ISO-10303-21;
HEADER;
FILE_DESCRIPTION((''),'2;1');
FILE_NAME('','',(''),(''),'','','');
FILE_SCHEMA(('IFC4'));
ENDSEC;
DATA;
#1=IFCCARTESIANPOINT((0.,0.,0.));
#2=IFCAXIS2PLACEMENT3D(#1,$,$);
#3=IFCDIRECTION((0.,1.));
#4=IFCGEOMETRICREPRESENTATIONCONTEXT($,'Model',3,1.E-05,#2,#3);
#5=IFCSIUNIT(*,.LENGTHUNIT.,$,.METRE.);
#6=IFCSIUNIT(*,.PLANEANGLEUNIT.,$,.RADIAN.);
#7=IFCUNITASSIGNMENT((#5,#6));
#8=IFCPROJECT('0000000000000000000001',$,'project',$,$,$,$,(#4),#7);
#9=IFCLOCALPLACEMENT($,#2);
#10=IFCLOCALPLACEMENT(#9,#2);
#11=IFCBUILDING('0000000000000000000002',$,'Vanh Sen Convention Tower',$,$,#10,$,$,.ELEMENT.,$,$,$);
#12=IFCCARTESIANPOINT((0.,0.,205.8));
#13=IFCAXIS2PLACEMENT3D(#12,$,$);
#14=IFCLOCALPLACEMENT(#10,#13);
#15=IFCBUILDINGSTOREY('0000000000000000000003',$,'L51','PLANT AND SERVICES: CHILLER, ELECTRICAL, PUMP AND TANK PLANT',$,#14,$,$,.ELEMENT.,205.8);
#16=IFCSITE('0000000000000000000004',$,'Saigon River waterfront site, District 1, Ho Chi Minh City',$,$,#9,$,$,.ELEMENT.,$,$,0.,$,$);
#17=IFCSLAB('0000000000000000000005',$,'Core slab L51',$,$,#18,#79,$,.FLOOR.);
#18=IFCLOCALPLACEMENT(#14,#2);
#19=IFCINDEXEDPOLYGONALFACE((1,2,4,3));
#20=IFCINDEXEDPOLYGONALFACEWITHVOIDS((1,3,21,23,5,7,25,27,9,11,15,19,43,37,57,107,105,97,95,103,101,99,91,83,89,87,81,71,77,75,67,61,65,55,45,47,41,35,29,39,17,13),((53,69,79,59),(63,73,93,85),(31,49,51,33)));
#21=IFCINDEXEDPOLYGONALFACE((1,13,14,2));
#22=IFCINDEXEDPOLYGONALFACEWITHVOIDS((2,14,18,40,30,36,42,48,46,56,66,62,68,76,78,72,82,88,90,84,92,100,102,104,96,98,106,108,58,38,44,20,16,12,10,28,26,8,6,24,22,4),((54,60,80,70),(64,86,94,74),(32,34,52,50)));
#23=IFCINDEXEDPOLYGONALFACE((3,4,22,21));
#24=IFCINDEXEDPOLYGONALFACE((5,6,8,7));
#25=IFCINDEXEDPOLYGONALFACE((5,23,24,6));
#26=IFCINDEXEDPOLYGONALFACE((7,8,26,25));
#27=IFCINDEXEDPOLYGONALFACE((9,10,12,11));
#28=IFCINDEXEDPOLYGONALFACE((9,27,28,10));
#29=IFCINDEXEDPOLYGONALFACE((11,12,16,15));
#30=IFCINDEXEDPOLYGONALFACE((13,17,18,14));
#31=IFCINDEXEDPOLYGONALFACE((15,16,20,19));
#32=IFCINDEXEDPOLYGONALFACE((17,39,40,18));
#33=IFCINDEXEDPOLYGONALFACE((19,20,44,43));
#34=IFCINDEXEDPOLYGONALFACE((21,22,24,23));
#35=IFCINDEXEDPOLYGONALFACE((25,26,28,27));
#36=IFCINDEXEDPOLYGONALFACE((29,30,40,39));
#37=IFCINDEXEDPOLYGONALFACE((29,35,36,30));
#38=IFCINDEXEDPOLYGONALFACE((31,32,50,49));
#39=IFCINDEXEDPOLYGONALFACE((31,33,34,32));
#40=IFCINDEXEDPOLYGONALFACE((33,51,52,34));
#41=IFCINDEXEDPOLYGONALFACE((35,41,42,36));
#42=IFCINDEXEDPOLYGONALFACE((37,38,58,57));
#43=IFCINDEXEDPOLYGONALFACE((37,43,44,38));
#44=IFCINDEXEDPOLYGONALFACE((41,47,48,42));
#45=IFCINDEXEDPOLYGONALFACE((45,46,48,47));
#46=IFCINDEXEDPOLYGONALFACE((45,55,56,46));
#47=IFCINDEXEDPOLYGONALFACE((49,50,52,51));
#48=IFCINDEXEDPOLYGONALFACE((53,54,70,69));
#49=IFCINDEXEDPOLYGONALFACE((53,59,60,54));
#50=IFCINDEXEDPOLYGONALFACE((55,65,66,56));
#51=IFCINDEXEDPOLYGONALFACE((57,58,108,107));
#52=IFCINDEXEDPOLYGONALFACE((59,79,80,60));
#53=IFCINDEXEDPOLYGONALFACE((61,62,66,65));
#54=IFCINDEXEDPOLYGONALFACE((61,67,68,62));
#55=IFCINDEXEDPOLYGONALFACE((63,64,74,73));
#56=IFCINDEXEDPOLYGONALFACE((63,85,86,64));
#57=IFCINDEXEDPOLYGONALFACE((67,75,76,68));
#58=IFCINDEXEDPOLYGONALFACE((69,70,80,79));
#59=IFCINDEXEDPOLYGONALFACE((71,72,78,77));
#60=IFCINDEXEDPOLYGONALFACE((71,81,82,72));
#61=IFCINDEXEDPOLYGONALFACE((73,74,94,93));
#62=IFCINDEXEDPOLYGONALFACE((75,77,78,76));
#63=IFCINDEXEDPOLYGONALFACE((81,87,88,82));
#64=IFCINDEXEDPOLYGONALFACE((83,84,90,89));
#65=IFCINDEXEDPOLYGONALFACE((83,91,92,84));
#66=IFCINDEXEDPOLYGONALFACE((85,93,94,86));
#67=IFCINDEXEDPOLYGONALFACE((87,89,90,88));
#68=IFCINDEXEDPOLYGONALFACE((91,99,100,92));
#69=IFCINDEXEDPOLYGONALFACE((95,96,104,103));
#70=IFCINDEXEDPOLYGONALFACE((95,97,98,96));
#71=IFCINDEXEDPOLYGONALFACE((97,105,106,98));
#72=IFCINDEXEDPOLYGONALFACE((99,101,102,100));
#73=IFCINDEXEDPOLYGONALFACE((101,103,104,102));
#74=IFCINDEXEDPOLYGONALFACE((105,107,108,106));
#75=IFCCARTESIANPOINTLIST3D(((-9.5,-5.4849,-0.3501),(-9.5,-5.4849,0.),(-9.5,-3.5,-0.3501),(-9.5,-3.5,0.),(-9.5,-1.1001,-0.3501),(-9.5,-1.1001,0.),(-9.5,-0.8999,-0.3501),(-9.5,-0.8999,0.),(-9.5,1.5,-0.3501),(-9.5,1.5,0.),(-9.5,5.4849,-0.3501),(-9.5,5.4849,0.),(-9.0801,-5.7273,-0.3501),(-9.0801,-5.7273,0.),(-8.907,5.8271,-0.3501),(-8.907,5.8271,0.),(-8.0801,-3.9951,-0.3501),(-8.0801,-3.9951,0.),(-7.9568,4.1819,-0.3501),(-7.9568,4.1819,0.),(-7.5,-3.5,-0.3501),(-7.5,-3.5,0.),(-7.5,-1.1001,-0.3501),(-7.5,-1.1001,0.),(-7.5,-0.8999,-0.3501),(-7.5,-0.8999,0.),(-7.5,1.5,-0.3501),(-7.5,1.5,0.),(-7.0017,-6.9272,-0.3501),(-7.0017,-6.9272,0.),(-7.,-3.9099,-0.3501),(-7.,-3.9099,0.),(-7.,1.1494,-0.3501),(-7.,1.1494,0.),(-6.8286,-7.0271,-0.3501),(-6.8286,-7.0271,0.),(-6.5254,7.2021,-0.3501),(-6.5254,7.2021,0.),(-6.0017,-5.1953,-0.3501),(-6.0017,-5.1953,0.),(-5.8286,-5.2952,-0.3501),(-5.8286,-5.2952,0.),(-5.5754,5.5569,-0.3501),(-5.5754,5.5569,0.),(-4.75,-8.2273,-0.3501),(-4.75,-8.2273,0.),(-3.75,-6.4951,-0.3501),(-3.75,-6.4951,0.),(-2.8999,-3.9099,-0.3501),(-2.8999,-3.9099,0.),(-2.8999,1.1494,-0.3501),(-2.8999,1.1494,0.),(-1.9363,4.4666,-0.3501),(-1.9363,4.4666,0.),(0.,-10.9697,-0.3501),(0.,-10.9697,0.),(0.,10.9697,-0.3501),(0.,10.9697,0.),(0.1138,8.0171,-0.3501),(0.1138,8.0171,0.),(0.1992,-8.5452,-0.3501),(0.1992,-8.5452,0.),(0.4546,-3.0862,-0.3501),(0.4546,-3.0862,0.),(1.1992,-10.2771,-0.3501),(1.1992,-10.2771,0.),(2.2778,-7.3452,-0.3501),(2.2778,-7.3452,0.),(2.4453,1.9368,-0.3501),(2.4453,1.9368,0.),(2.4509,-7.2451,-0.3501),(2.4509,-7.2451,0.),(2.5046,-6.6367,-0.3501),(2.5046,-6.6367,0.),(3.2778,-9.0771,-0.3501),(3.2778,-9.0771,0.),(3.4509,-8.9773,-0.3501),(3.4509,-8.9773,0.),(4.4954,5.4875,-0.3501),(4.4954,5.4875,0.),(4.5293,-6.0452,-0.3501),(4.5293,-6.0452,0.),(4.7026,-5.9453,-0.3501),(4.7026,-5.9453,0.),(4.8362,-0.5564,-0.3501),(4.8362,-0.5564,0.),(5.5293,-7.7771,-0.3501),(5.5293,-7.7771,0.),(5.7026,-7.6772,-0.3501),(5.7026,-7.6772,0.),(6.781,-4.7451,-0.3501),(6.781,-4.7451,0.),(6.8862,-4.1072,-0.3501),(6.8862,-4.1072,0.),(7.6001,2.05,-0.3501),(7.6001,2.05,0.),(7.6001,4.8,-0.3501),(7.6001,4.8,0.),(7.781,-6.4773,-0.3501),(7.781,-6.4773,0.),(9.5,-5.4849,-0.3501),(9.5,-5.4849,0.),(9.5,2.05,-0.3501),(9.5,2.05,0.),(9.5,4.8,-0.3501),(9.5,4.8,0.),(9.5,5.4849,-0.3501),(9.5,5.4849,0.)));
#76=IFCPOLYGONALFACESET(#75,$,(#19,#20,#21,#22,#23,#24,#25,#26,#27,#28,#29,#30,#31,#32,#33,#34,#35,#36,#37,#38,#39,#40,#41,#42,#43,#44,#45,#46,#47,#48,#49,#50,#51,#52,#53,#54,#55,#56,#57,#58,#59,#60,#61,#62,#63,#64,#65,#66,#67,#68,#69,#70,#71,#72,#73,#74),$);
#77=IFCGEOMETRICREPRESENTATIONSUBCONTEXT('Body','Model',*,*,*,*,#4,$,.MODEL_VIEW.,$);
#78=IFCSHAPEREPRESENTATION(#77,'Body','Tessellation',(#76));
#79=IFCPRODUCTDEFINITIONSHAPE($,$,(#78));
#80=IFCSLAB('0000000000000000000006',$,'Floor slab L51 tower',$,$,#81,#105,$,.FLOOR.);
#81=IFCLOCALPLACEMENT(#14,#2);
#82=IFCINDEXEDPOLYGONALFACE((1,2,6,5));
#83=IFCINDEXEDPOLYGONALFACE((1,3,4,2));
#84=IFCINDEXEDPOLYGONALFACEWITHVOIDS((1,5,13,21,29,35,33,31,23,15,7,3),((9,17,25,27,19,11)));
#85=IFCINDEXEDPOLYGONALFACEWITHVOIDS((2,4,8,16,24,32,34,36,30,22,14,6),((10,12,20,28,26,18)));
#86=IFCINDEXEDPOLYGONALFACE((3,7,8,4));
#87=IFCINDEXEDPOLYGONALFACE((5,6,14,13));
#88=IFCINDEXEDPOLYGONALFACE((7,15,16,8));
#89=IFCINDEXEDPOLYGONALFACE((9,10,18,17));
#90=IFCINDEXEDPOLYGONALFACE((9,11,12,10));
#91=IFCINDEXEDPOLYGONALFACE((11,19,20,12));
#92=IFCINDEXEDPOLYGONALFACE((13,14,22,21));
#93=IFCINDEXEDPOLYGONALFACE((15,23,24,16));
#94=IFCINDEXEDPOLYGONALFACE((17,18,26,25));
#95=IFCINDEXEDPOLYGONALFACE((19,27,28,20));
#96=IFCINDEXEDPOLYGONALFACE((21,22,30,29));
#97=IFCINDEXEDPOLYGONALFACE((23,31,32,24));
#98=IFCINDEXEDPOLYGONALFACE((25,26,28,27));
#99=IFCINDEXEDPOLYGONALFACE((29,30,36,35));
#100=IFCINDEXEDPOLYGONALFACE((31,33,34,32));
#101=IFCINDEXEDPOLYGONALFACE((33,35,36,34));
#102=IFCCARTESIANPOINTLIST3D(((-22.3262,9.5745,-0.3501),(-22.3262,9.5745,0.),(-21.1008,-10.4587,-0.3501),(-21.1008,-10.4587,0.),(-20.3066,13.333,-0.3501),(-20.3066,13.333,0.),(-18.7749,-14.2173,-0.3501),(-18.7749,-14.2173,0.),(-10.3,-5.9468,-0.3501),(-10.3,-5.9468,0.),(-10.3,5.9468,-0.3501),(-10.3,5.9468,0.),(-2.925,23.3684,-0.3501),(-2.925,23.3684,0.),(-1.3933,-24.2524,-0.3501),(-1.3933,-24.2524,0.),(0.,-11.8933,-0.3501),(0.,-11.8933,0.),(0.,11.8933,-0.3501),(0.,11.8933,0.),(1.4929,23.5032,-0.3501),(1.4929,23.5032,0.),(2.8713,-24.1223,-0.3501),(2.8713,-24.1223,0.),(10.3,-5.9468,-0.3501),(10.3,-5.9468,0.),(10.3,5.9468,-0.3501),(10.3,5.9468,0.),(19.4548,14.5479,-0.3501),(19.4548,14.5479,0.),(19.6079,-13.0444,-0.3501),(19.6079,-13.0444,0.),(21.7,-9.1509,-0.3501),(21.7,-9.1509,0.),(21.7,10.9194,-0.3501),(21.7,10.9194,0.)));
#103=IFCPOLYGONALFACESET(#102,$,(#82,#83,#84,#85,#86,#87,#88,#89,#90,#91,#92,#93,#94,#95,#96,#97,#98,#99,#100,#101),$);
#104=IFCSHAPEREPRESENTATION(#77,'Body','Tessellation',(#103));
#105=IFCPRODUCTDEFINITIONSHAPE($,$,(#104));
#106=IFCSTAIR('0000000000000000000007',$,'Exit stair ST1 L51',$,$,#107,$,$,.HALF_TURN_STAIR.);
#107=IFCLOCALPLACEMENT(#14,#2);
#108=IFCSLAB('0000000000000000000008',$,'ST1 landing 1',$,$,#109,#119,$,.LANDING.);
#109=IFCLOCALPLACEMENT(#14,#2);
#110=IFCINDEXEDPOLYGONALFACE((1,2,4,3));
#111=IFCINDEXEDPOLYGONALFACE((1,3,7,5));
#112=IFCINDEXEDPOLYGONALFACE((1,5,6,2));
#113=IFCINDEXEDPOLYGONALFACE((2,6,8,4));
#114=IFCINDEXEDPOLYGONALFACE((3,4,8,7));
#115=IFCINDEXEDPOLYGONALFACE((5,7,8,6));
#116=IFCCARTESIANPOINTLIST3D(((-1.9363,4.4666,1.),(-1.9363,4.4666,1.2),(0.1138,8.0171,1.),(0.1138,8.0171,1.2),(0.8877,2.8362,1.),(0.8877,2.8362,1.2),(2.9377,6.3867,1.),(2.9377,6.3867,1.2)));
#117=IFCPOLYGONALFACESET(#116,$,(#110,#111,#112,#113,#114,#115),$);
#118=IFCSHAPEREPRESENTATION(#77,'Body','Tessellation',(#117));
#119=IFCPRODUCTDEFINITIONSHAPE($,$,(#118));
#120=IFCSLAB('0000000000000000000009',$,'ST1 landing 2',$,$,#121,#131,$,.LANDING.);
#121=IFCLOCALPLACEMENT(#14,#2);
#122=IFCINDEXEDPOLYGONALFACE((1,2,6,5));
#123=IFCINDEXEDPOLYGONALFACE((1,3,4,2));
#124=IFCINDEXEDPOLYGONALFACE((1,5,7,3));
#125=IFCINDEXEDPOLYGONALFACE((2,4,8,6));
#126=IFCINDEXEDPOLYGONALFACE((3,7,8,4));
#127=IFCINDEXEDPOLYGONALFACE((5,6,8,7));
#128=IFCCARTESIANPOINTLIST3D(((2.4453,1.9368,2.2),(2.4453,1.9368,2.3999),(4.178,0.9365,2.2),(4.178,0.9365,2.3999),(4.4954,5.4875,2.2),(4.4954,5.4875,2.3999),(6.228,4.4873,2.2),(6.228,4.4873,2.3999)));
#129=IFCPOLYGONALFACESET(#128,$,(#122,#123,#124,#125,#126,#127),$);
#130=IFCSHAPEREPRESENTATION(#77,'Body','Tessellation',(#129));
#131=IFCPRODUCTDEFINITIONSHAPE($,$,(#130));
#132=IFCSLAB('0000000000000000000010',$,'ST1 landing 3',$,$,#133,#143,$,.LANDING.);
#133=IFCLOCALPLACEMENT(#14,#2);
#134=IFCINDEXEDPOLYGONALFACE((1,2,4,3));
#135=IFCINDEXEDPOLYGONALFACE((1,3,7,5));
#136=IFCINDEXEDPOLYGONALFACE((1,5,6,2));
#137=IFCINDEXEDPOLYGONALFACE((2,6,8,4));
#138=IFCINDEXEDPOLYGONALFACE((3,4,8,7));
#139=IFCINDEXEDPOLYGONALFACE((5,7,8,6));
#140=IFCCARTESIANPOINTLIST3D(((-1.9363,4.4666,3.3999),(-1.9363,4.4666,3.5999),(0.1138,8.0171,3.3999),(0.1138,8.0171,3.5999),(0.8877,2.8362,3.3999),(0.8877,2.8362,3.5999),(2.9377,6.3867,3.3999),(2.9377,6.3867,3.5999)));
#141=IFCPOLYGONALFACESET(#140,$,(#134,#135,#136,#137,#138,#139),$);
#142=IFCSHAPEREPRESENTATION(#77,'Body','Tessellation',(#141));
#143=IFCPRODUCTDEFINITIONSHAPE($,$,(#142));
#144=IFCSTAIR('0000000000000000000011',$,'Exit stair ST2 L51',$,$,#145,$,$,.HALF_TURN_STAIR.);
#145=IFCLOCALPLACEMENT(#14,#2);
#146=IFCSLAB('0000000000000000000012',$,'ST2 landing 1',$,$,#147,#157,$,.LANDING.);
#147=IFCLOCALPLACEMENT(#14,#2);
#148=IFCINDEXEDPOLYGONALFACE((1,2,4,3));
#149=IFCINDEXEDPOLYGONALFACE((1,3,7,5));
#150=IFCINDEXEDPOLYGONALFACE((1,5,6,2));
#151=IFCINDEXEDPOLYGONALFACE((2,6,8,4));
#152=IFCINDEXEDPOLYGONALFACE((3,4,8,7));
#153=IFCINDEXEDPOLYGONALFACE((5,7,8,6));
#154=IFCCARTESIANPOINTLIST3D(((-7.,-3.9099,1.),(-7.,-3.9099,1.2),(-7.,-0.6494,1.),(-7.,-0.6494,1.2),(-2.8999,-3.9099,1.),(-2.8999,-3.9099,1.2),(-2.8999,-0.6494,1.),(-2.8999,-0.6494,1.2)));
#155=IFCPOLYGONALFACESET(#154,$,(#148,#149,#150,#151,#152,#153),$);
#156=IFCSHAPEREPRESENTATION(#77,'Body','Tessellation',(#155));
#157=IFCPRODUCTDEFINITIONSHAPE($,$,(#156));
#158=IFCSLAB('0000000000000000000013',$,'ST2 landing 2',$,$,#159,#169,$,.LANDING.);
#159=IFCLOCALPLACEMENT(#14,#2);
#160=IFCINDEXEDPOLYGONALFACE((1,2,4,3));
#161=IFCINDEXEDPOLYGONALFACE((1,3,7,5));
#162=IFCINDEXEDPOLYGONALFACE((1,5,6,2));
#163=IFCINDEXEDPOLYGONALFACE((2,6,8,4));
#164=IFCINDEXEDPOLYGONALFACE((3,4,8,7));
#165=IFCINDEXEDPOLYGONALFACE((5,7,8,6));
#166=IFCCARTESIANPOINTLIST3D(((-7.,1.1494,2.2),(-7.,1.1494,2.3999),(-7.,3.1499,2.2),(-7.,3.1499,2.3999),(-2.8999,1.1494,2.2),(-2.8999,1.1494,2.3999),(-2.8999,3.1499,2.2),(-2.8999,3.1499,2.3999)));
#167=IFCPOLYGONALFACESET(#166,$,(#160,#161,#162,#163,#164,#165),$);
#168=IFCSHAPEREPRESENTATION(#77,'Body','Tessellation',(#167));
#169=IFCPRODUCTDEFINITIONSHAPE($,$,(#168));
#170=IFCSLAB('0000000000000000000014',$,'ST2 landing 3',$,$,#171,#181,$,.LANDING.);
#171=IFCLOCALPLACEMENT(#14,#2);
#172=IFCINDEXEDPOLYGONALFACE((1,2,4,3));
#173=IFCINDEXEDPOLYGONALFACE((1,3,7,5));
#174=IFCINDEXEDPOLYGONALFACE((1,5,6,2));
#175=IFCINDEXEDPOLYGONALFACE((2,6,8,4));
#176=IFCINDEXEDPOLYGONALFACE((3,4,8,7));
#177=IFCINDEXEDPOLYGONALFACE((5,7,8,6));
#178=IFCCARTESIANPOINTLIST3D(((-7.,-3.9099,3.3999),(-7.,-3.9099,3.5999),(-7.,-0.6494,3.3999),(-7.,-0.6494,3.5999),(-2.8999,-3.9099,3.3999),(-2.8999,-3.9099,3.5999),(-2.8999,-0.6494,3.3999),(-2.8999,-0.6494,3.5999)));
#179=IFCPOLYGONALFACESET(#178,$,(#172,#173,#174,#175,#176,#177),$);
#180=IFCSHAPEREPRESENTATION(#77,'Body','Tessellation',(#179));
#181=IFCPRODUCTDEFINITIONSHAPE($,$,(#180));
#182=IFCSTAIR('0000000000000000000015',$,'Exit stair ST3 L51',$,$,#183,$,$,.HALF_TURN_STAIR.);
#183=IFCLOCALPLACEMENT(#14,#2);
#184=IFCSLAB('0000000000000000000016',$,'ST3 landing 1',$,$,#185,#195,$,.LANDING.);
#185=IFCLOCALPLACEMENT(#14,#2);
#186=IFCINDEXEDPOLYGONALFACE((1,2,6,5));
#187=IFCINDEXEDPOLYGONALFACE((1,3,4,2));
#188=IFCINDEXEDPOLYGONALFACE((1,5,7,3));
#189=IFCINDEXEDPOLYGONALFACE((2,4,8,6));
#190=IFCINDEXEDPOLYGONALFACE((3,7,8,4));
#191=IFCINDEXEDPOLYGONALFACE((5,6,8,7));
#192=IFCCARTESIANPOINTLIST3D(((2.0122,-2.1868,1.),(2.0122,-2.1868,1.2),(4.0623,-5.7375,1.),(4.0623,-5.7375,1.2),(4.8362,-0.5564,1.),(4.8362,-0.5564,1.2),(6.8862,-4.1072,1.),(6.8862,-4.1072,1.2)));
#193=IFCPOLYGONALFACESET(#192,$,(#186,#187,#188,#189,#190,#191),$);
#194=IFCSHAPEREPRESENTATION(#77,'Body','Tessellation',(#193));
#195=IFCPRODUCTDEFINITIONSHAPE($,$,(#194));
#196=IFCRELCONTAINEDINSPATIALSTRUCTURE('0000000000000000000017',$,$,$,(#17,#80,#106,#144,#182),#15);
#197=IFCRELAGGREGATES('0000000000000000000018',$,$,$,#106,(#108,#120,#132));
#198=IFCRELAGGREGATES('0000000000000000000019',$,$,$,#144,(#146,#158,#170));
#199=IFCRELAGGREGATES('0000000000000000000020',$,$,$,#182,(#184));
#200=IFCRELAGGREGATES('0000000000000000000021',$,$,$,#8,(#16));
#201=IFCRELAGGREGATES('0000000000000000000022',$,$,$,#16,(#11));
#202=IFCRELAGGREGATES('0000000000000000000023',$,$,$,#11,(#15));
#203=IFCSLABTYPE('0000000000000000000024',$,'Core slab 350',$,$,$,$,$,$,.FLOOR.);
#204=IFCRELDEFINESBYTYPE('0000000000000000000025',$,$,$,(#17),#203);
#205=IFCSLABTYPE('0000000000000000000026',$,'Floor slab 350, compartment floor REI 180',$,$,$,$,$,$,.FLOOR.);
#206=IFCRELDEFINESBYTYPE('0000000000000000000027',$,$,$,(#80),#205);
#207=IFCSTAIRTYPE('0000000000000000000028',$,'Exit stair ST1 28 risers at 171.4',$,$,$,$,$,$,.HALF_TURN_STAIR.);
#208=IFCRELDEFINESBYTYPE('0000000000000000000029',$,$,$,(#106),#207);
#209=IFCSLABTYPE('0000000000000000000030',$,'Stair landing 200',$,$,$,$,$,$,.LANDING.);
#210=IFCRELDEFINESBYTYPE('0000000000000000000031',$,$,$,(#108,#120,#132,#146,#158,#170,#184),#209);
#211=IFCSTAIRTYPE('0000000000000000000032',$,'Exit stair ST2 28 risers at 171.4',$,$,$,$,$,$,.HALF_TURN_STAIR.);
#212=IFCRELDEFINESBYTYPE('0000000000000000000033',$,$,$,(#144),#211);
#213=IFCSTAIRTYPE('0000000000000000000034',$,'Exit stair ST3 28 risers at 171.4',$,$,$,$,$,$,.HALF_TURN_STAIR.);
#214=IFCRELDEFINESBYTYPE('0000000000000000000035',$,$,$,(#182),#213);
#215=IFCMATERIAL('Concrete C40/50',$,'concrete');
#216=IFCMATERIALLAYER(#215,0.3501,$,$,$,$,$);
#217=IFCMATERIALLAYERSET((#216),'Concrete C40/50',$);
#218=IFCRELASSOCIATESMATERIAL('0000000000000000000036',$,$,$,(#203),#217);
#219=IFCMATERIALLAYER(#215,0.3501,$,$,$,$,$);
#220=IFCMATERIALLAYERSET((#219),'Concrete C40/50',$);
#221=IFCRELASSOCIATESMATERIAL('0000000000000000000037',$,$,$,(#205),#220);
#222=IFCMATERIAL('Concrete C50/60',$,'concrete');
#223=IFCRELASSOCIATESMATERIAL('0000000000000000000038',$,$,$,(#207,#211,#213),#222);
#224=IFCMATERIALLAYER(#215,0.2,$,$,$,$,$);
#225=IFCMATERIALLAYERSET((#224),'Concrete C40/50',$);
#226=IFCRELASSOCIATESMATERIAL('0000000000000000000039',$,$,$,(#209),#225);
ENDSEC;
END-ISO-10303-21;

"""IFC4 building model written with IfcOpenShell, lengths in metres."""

from ifc_helpers import new_model, si_unit, direction, frame, origin, place, context, subcontext, project, spatial, polyline, outline, extrude, material, layer, layer_set, type_object, element, aggregate, save


model = new_model("IFC4")

# Units and contexts
model_context = context("Model", 3, precision=1e-05, world=origin(), true_north=direction((0.0, 1.0)))
body_context = subcontext(model_context, "Body", "Model", "MODEL_VIEW")
ifc_project = project(units=[si_unit("LENGTHUNIT", "METRE"), si_unit("PLANEANGLEUNIT", "RADIAN")], contexts=[model_context])

# Site, building, storey
site_placement = place(None, origin())
site = spatial("IfcSite", under=ifc_project, at=site_placement, Name="Saigon River waterfront site, District 1, Ho Chi Minh City", CompositionType="ELEMENT", RefElevation=0.0)
building_placement = place(site_placement, origin())
building = spatial("IfcBuilding", under=site, at=building_placement, Name="Vanh Sen Convention Tower", CompositionType="ELEMENT")
storey_placement = place(building_placement, frame((0.0, 0.0, 205.8)))
storey = spatial("IfcBuildingStorey", under=building, at=storey_placement, Name="L51", Description="PLANT AND SERVICES: CHILLER, ELECTRICAL, PUMP AND TANK PLANT", CompositionType="ELEMENT", Elevation=205.8)

# Slabs
ifc_material_1 = material(Name="Concrete C40/50", Category="concrete")
ifc_layer_1 = layer(ifc_material_1, 0.3501)
ifc_layer_set_1 = layer_set([ifc_layer_1], Name="Concrete C40/50")
slab_type_1 = type_object("IfcSlabType", Name="Core slab 350", PredefinedType="FLOOR", material=ifc_layer_set_1)
slab_1_placement = place(storey_placement, frame((0.0, 0.0, -0.3501)))
element("IfcSlab", 1, at=slab_1_placement, inside=storey, type_object=slab_type_1, Name="Core slab L51", PredefinedType="FLOOR", context=body_context, shape_type="SweptSolid", body=[
    extrude(outline(polyline([(0.0, 10.9697), (9.5, 5.4849), (9.5, 4.8), (7.6001, 4.8), (7.6001, 2.05), (9.5, 2.05), (9.5, -5.4849), (7.781, -6.4773), (6.781, -4.7451), (4.7026, -5.9453), (5.7026, -7.6772), (5.5293, -7.7771), (4.5293, -6.0452), (2.4509, -7.2451), (3.4509, -8.9773), (3.2778, -9.0771), (2.2778, -7.3452), (0.1992, -8.5452), (1.1992, -10.2771), (0.0, -10.9697), (-4.75, -8.2273), (-3.75, -6.4951), (-5.8286, -5.2952), (-6.8286, -7.0271), (-7.0017, -6.9272), (-6.0017, -5.1953), (-8.0801, -3.9951), (-9.0801, -5.7273), (-9.5, -5.4849), (-9.5, -3.5), (-7.5, -3.5), (-7.5, -1.1001), (-9.5, -1.1001), (-9.5, -0.8999), (-7.5, -0.8999), (-7.5, 1.5), (-9.5, 1.5), (-9.5, 5.4849), (-8.907, 5.8271), (-7.9568, 4.1819), (-5.5754, 5.5569), (-6.5254, 7.2021), (0.0, 10.9697)]), holes=[polyline([(-7.0, 1.1494), (-7.0, -3.9099), (-2.8999, -3.9099), (-2.8999, 1.1494), (-7.0, 1.1494)]), polyline([(2.5046, -6.6367), (6.8862, -4.1072), (4.8362, -0.5564), (0.4546, -3.0862), (2.5046, -6.6367)]), polyline([(0.1138, 8.0171), (-1.9363, 4.4666), (2.4453, 1.9368), (4.4954, 5.4875), (0.1138, 8.0171)])]), origin(), (0.0, 0.0, 1.0), 0.3501),
])
ifc_layer_2 = layer(ifc_material_1, 0.3501)
ifc_layer_set_2 = layer_set([ifc_layer_2], Name="Concrete C40/50")
slab_type_2 = type_object("IfcSlabType", Name="Floor slab 350, compartment floor REI 180", PredefinedType="FLOOR", material=ifc_layer_set_2)
slab_2_placement = place(storey_placement, frame((0.0, 0.0, -0.3501)))
element("IfcSlab", 2, at=slab_2_placement, inside=storey, type_object=slab_type_2, Name="Floor slab L51 tower", PredefinedType="FLOOR", context=body_context, shape_type="SweptSolid", body=[
    extrude(outline(polyline([(21.7, -9.1509), (21.7, 10.9194), (19.4548, 14.5479), (1.4929, 23.5032), (-2.925, 23.3684), (-20.3066, 13.333), (-22.3262, 9.5745), (-21.1008, -10.4587), (-18.7749, -14.2173), (-1.3933, -24.2524), (2.8713, -24.1223), (19.6079, -13.0444), (21.7, -9.1509)]), holes=[polyline([(0.0, 11.8933), (-10.3, 5.9468), (-10.3, -5.9468), (0.0, -11.8933), (10.3, -5.9468), (10.3, 5.9468), (0.0, 11.8933)])]), origin(), (0.0, 0.0, 1.0), 0.3501),
])

# Stairs, slabs
ifc_material_2 = material(Name="Concrete C50/60", Category="concrete")
stair_type_1 = type_object("IfcStairType", Name="Exit stair ST1 28 risers at 171.4", PredefinedType="HALF_TURN_STAIR", material=ifc_material_2)
stair_1_placement = place(storey_placement, origin())
stair_1 = element("IfcStair", 3, at=stair_1_placement, inside=storey, type_object=stair_type_1, Name="Exit stair ST1 L51", PredefinedType="HALF_TURN_STAIR")
ifc_layer_3 = layer(ifc_material_1, 0.2)
ifc_layer_set_3 = layer_set([ifc_layer_3], Name="Concrete C40/50")
slab_type_3 = type_object("IfcSlabType", Name="Stair landing 200", PredefinedType="LANDING", material=ifc_layer_set_3)
slab_3_placement = place(storey_placement, frame((0.0, 0.0, 1.0)))
slab_3 = element("IfcSlab", 4, at=slab_3_placement, type_object=slab_type_3, Name="ST1 landing 1", PredefinedType="LANDING", context=body_context, shape_type="SweptSolid", body=[
    extrude(outline(polyline([(2.9377, 6.3867), (0.1138, 8.0171), (-1.9363, 4.4666), (0.8877, 2.8362), (2.9377, 6.3867)])), origin(), (0.0, 0.0, 1.0), 0.2),
])
slab_4_placement = place(storey_placement, frame((0.0, 0.0, 2.2)))
slab_4 = element("IfcSlab", 5, at=slab_4_placement, type_object=slab_type_3, Name="ST1 landing 2", PredefinedType="LANDING", context=body_context, shape_type="SweptSolid", body=[
    extrude(outline(polyline([(6.228, 4.4873), (4.4954, 5.4875), (2.4453, 1.9368), (4.178, 0.9365), (6.228, 4.4873)])), origin(), (0.0, 0.0, 1.0), 0.2),
])
slab_5_placement = place(storey_placement, frame((0.0, 0.0, 3.3999)))
slab_5 = element("IfcSlab", 6, at=slab_5_placement, type_object=slab_type_3, Name="ST1 landing 3", PredefinedType="LANDING", context=body_context, shape_type="SweptSolid", body=[
    extrude(outline(polyline([(2.9377, 6.3867), (0.1138, 8.0171), (-1.9363, 4.4666), (0.8877, 2.8362), (2.9377, 6.3867)])), origin(), (0.0, 0.0, 1.0), 0.2),
])
aggregate(stair_1, [slab_3, slab_4, slab_5])
stair_type_2 = type_object("IfcStairType", Name="Exit stair ST2 28 risers at 171.4", PredefinedType="HALF_TURN_STAIR", material=ifc_material_2)
stair_2_placement = place(storey_placement, origin())
stair_2 = element("IfcStair", 7, at=stair_2_placement, inside=storey, type_object=stair_type_2, Name="Exit stair ST2 L51", PredefinedType="HALF_TURN_STAIR")
slab_6_placement = place(storey_placement, frame((0.0, 0.0, 1.0)))
slab_6 = element("IfcSlab", 8, at=slab_6_placement, type_object=slab_type_3, Name="ST2 landing 1", PredefinedType="LANDING", context=body_context, shape_type="SweptSolid", body=[
    extrude(outline(polyline([(-7.0, -0.6494), (-7.0, -3.9099), (-2.8999, -3.9099), (-2.8999, -0.6494), (-7.0, -0.6494)])), origin(), (0.0, 0.0, 1.0), 0.2),
])
slab_7_placement = place(storey_placement, frame((0.0, 0.0, 2.2)))
slab_7 = element("IfcSlab", 9, at=slab_7_placement, type_object=slab_type_3, Name="ST2 landing 2", PredefinedType="LANDING", context=body_context, shape_type="SweptSolid", body=[
    extrude(outline(polyline([(-7.0, 3.1499), (-7.0, 1.1494), (-2.8999, 1.1494), (-2.8999, 3.1499), (-7.0, 3.1499)])), origin(), (0.0, 0.0, 1.0), 0.2),
])
slab_8_placement = place(storey_placement, frame((0.0, 0.0, 3.3999)))
slab_8 = element("IfcSlab", 10, at=slab_8_placement, type_object=slab_type_3, Name="ST2 landing 3", PredefinedType="LANDING", context=body_context, shape_type="SweptSolid", body=[
    extrude(outline(polyline([(-7.0, -0.6494), (-7.0, -3.9099), (-2.8999, -3.9099), (-2.8999, -0.6494), (-7.0, -0.6494)])), origin(), (0.0, 0.0, 1.0), 0.2),
])
aggregate(stair_2, [slab_6, slab_7, slab_8])
stair_type_3 = type_object("IfcStairType", Name="Exit stair ST3 28 risers at 171.4", PredefinedType="HALF_TURN_STAIR", material=ifc_material_2)
stair_3_placement = place(storey_placement, origin())
stair_3 = element("IfcStair", 11, at=stair_3_placement, inside=storey, type_object=stair_type_3, Name="Exit stair ST3 L51", PredefinedType="HALF_TURN_STAIR")
slab_9_placement = place(storey_placement, frame((0.0, 0.0, 1.0)))
slab_9 = element("IfcSlab", 12, at=slab_9_placement, type_object=slab_type_3, Name="ST3 landing 1", PredefinedType="LANDING", context=body_context, shape_type="SweptSolid", body=[
    extrude(outline(polyline([(4.0623, -5.7375), (6.8862, -4.1072), (4.8362, -0.5564), (2.0122, -2.1868), (4.0623, -5.7375)])), origin(), (0.0, 0.0, 1.0), 0.2),
])
aggregate(stair_3, [slab_9])

save(model, "model.ifc")
